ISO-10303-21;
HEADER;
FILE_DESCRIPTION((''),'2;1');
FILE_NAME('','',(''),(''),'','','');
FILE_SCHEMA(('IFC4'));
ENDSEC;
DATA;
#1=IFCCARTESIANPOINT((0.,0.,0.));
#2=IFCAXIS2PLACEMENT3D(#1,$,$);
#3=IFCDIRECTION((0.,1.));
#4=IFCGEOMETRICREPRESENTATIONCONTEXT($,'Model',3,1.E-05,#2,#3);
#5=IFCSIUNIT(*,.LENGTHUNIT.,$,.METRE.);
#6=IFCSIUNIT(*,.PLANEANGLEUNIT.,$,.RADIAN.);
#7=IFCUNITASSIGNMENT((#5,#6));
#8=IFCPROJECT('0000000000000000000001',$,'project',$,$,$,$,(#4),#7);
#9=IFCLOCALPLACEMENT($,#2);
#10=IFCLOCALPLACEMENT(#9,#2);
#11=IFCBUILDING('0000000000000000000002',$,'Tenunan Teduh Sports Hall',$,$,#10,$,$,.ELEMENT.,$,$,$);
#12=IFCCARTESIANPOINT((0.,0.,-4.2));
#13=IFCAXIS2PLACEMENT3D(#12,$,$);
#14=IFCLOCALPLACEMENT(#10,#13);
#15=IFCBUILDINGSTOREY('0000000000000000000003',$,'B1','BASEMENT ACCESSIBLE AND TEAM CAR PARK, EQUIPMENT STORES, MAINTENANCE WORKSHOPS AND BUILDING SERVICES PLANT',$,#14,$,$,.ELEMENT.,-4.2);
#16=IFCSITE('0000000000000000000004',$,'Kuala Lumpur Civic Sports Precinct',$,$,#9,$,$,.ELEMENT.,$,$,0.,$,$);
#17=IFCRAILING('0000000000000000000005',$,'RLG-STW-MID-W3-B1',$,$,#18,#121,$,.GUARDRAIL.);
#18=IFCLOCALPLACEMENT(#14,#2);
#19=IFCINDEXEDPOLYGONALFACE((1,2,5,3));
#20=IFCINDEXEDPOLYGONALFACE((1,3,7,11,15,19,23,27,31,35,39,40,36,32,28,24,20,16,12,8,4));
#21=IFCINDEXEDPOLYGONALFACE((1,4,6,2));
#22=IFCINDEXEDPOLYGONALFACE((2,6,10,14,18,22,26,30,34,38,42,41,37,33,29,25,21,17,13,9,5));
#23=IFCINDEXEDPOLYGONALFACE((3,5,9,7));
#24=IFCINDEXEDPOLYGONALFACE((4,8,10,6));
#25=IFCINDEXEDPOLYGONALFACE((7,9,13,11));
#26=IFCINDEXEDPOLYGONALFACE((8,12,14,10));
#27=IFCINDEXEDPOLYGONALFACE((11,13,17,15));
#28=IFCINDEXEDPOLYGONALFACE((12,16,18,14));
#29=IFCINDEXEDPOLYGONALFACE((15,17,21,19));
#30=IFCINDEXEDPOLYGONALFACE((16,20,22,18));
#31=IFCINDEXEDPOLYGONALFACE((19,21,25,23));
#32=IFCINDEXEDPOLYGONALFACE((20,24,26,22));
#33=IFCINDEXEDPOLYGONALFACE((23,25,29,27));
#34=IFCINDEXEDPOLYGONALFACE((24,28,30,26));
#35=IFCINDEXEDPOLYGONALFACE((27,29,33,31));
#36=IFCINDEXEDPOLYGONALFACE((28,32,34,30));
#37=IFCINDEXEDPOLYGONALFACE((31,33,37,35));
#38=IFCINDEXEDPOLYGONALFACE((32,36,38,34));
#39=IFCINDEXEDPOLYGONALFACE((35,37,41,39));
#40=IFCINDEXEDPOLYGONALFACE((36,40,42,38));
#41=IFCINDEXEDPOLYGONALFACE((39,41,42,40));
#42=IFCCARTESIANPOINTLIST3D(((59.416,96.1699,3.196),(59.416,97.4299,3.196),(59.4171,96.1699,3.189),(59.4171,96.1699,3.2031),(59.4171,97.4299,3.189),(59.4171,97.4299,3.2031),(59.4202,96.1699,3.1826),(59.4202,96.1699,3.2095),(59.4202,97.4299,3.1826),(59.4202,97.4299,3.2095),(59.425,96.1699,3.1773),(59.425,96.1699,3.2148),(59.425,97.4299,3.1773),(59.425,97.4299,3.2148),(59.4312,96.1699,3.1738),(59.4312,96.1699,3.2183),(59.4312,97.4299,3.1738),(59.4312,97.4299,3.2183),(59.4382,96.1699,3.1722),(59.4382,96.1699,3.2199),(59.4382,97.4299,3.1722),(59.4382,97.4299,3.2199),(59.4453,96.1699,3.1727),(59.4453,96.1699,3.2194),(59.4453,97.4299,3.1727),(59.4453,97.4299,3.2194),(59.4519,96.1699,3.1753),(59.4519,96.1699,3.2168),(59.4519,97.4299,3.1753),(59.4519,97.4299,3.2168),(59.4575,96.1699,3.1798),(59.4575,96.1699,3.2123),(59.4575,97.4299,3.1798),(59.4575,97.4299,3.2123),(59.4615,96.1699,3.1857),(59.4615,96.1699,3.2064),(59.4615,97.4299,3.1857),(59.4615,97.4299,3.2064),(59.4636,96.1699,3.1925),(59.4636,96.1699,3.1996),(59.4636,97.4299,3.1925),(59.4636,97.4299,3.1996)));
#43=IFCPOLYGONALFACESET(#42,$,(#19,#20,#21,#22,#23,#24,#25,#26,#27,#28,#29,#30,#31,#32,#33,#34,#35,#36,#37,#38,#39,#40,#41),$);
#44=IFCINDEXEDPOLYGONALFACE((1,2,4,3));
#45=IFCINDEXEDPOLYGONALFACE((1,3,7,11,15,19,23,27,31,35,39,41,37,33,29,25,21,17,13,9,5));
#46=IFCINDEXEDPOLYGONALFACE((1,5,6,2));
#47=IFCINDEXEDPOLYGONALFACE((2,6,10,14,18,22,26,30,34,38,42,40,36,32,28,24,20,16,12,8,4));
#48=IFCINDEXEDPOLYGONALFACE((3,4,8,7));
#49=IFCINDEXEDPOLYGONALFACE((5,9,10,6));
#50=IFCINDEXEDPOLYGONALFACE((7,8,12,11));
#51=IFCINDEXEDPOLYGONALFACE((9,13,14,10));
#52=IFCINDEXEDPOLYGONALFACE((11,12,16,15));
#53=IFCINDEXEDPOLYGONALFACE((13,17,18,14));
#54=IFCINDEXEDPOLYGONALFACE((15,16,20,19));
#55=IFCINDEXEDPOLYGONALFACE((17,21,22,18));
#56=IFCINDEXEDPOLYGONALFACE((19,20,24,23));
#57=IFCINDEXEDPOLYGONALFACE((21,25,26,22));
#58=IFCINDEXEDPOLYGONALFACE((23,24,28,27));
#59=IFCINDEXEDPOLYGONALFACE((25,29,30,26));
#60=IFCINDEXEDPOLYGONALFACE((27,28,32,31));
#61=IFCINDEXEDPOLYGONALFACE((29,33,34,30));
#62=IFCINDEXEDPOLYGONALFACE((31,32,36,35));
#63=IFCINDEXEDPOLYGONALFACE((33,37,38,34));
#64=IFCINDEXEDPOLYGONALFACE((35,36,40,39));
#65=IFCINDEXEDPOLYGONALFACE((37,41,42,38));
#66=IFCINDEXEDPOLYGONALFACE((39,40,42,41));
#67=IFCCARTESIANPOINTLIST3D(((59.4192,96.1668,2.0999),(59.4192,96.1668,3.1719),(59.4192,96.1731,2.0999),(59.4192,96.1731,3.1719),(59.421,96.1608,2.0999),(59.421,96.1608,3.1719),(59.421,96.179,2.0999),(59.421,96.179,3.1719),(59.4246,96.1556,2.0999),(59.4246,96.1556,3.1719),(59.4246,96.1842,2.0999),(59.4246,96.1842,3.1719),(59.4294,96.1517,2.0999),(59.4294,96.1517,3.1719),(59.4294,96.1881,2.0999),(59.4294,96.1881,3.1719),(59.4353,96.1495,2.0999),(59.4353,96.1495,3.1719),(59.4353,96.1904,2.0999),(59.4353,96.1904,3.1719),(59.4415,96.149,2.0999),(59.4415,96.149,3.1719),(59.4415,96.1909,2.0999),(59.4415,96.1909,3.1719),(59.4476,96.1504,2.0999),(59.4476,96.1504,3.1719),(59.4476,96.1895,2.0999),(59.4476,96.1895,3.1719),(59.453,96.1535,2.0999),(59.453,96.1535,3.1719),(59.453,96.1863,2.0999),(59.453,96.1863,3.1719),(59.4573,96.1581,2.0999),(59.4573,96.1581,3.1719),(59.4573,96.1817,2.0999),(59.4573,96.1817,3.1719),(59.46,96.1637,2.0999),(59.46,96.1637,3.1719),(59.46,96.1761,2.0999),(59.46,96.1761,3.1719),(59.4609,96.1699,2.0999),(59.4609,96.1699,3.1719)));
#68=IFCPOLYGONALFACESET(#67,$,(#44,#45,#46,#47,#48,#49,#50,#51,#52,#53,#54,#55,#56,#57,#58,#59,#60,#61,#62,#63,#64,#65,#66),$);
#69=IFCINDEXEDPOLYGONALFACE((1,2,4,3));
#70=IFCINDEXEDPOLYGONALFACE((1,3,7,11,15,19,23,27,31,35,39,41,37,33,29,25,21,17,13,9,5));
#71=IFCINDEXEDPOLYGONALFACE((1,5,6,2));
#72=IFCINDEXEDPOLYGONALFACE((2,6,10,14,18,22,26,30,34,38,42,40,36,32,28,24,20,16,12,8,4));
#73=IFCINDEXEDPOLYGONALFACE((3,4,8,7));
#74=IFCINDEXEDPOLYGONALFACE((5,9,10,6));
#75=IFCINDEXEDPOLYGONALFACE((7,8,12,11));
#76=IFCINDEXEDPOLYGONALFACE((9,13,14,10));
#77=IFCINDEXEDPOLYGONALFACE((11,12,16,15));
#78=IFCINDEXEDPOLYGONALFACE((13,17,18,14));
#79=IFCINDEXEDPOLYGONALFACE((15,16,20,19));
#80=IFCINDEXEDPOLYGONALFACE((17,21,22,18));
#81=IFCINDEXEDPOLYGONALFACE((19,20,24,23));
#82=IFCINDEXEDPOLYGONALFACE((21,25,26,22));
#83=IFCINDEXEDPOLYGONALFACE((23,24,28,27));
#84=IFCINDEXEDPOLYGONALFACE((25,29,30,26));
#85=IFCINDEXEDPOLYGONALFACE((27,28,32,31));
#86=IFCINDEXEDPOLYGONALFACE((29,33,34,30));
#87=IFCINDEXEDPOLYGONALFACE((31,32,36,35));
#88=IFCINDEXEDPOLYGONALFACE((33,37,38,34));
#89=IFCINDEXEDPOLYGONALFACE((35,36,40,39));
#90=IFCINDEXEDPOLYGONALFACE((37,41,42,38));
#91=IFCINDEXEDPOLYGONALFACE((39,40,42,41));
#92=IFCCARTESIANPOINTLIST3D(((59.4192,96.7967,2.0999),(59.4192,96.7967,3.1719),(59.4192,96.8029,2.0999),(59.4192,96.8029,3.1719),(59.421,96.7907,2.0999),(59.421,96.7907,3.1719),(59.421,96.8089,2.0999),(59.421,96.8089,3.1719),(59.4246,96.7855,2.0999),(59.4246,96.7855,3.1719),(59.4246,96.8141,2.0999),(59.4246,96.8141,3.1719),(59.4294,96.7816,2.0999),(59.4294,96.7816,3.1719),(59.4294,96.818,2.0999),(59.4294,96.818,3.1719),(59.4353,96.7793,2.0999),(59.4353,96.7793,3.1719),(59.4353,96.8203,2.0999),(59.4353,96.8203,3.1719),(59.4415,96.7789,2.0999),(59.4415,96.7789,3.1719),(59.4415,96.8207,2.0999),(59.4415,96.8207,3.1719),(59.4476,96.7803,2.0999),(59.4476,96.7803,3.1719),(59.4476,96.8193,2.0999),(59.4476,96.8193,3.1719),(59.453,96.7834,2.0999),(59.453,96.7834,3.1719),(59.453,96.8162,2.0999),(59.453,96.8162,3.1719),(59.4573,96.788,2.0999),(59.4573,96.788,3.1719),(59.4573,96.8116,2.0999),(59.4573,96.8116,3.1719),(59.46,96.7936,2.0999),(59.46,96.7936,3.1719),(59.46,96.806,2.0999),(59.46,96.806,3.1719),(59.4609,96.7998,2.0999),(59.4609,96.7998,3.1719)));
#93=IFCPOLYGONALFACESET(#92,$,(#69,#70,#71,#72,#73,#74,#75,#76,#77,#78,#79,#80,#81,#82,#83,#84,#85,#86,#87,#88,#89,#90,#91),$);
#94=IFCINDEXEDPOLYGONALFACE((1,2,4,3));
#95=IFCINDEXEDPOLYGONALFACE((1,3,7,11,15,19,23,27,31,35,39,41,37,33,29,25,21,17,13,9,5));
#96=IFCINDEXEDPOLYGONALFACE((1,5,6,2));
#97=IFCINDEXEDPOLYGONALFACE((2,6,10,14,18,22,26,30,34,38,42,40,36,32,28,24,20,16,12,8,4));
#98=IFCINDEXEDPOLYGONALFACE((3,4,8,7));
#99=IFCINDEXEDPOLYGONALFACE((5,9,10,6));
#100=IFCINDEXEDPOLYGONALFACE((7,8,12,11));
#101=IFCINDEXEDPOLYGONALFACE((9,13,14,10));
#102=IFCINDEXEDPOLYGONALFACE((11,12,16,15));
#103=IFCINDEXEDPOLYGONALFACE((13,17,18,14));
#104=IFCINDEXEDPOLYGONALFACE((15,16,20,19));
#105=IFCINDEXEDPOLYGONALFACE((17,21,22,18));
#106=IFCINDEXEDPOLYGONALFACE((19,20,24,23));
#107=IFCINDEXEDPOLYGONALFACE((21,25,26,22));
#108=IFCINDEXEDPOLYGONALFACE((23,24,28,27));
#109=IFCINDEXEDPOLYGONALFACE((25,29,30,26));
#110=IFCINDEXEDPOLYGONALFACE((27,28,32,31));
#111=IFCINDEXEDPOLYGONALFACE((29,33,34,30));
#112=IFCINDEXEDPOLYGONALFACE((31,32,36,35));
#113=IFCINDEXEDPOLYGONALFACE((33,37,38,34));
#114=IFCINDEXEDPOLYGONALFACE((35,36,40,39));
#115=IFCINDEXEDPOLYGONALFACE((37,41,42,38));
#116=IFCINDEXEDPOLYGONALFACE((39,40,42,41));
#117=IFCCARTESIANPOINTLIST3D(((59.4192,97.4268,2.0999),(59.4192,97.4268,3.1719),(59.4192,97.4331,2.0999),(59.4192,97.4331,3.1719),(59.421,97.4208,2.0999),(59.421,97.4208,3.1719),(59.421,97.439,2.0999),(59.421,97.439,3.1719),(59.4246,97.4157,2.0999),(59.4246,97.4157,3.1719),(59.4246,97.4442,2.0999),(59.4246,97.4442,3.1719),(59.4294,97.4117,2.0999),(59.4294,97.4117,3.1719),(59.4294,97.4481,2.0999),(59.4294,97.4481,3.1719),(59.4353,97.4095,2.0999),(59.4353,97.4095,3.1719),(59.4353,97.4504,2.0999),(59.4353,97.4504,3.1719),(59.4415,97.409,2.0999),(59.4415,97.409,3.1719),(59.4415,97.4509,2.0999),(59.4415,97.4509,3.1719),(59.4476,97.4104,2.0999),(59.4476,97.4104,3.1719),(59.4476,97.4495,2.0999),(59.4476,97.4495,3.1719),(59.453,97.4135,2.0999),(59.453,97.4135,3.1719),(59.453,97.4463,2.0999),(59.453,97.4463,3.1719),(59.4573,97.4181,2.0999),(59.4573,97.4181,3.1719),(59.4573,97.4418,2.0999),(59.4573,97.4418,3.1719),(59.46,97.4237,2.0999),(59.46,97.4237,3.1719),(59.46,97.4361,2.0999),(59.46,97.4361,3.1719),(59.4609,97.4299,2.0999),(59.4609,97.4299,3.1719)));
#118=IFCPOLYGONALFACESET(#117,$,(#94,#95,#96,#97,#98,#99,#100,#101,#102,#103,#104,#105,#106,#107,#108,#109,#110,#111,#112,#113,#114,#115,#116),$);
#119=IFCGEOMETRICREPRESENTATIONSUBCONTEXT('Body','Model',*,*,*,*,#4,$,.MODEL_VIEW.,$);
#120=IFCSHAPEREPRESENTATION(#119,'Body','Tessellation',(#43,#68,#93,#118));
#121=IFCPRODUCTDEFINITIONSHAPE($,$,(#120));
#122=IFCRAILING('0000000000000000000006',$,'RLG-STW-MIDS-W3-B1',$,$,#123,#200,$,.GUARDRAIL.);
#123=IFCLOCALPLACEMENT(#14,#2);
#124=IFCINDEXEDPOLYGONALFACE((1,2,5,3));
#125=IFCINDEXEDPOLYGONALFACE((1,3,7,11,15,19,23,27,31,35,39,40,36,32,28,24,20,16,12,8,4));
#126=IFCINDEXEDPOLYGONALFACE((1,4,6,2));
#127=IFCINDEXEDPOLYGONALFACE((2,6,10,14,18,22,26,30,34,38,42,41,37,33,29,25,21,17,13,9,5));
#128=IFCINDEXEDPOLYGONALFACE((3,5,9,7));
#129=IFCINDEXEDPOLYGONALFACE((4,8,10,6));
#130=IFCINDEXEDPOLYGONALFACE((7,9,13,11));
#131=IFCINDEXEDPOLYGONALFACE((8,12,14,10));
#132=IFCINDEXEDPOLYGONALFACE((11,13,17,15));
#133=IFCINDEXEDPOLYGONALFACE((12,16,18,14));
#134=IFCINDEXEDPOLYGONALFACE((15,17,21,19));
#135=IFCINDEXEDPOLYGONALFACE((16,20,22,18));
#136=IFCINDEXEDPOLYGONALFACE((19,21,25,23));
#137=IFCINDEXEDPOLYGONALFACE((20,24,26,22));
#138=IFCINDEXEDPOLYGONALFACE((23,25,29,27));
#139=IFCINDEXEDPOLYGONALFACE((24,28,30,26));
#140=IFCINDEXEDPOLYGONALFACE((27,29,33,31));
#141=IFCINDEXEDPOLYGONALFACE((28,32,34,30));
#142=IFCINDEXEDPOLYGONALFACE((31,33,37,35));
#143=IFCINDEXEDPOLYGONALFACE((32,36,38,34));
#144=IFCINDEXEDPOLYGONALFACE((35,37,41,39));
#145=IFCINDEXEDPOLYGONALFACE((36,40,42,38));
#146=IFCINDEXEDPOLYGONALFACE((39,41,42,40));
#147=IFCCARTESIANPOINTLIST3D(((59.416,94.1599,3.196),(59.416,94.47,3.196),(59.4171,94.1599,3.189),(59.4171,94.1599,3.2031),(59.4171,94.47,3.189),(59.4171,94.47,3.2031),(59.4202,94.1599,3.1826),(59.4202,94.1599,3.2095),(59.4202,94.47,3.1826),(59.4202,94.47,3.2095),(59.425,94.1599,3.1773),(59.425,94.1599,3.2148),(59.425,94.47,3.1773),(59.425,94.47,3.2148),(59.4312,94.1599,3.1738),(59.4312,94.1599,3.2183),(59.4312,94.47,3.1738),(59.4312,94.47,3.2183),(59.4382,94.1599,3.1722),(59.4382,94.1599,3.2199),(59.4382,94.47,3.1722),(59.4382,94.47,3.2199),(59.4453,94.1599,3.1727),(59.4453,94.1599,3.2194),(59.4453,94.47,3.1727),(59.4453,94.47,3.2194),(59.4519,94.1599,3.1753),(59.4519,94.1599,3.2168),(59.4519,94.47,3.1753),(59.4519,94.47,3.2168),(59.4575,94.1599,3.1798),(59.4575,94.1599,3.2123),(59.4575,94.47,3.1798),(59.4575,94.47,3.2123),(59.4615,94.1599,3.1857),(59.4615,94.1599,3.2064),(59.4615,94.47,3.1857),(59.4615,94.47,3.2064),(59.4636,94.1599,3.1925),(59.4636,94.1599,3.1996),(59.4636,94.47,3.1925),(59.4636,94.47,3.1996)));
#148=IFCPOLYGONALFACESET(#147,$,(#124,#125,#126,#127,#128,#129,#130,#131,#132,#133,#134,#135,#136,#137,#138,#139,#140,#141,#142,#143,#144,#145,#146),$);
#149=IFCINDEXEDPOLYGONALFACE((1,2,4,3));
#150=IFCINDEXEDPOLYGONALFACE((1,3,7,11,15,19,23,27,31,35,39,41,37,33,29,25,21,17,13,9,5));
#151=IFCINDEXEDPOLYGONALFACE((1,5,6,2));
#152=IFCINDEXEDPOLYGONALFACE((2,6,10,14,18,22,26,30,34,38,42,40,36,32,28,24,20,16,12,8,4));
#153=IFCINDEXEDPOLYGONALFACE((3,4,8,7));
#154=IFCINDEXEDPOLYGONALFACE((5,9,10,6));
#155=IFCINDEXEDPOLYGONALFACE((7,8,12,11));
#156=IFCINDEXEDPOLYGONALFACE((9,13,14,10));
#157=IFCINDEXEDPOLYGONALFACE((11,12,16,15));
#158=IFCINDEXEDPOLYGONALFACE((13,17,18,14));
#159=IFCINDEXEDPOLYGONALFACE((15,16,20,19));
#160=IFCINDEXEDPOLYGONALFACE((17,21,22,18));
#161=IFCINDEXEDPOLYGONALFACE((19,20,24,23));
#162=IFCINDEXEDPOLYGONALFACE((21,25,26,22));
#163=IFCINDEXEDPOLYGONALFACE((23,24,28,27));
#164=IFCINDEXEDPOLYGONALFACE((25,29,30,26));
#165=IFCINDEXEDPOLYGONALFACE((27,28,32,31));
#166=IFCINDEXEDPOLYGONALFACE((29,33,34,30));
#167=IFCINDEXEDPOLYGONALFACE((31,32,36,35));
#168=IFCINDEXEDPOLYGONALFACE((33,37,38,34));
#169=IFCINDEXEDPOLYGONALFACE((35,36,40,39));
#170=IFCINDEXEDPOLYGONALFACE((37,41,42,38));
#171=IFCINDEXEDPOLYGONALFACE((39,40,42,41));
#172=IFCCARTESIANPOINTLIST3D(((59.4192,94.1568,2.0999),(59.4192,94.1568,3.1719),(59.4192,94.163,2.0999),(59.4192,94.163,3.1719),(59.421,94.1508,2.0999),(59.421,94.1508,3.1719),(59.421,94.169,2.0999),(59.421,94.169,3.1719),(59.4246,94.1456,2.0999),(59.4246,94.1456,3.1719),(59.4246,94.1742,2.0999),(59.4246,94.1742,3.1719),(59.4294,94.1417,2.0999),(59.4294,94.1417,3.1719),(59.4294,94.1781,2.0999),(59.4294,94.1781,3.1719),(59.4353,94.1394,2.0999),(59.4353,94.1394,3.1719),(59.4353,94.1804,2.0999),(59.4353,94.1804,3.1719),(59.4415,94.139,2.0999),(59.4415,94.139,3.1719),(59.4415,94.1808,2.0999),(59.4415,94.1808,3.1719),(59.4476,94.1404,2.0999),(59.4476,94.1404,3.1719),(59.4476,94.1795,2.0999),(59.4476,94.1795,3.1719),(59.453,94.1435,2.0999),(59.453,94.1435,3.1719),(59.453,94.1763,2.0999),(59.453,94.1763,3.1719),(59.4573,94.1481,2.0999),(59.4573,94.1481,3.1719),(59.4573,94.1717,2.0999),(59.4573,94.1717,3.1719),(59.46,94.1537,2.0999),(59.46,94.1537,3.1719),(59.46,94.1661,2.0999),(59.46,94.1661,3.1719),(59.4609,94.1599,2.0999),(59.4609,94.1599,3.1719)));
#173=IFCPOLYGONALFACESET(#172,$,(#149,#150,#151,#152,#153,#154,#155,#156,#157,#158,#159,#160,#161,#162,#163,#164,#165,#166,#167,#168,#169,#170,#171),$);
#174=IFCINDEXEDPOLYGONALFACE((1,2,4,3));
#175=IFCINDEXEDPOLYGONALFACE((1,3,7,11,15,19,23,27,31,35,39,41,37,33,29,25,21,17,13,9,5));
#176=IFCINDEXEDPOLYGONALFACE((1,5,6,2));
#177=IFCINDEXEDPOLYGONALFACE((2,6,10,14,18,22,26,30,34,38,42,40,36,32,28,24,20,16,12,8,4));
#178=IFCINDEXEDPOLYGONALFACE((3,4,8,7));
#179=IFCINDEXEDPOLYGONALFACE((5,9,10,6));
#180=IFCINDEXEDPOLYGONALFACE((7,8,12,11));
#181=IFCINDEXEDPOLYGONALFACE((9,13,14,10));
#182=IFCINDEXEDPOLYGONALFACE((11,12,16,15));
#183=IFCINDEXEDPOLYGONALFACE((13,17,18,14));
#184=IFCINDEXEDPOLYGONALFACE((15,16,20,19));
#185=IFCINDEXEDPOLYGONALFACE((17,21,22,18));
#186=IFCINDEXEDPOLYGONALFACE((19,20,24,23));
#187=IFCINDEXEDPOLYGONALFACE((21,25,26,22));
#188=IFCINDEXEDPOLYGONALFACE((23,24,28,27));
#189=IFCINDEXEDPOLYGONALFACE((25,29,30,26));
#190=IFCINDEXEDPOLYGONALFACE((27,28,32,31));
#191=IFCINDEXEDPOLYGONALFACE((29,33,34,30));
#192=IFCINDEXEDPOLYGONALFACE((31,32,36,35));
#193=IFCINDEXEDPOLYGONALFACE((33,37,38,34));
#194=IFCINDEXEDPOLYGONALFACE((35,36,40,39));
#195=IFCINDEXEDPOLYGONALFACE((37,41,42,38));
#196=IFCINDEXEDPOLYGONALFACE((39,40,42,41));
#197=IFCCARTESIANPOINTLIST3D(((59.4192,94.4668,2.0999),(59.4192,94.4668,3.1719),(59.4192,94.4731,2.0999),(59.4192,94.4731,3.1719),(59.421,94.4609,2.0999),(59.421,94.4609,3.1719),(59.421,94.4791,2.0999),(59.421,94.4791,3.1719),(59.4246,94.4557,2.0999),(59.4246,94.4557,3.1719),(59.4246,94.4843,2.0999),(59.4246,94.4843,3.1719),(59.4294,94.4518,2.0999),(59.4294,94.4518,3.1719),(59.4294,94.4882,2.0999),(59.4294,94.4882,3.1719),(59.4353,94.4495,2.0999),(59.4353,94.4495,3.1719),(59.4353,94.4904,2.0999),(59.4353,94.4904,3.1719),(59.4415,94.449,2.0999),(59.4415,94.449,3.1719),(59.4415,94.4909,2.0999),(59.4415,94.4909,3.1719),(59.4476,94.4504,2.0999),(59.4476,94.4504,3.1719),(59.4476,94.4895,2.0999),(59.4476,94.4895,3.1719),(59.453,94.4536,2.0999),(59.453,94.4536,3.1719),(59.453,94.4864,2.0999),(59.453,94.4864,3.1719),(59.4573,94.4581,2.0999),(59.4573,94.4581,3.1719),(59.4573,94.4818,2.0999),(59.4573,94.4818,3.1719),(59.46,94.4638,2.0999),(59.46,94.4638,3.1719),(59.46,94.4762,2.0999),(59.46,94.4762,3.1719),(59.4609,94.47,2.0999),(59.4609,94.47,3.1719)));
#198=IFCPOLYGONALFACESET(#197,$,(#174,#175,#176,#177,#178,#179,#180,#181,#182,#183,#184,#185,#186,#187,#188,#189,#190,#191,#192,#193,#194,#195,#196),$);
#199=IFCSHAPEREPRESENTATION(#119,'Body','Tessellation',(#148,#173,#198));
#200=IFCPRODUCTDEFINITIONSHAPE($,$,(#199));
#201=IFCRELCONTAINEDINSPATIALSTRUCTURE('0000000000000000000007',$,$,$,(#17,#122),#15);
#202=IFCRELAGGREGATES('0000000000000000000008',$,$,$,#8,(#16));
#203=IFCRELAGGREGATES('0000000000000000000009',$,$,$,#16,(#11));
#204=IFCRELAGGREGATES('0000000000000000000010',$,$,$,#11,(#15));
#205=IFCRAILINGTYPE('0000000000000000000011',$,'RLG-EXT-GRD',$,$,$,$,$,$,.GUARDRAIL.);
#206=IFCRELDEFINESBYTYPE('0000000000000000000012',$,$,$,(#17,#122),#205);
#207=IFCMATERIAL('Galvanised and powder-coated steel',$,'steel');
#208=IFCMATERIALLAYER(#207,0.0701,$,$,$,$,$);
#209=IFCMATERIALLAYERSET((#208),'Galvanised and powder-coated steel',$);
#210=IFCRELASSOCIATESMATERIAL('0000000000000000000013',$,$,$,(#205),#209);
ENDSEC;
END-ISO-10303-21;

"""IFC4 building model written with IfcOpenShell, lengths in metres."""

from ifc_helpers import new_model, si_unit, direction, frame, origin, origin_2d, place, context, subcontext, project, spatial, circle, extrude, material, layer, layer_set, type_object, element, save


model = new_model("IFC4")

# Units and contexts
model_context = context("Model", 3, precision=1e-05, world=origin(), true_north=direction((0.0, 1.0)))
body_context = subcontext(model_context, "Body", "Model", "MODEL_VIEW")
ifc_project = project(units=[si_unit("LENGTHUNIT", "METRE"), si_unit("PLANEANGLEUNIT", "RADIAN")], contexts=[model_context])

# Site, building, storey
site_placement = place(None, origin())
site = spatial("IfcSite", under=ifc_project, at=site_placement, Name="Kuala Lumpur Civic Sports Precinct", CompositionType="ELEMENT", RefElevation=0.0)
building_placement = place(site_placement, origin())
building = spatial("IfcBuilding", under=site, at=building_placement, Name="Tenunan Teduh Sports Hall", CompositionType="ELEMENT")
storey_placement = place(building_placement, frame((0.0, 0.0, -4.2)))
storey = spatial("IfcBuildingStorey", under=building, at=storey_placement, Name="B1", Description="BASEMENT ACCESSIBLE AND TEAM CAR PARK, EQUIPMENT STORES, MAINTENANCE WORKSHOPS AND BUILDING SERVICES PLANT", CompositionType="ELEMENT", Elevation=-4.2)

# Railings
ifc_material_1 = material(Name="Galvanised and powder-coated steel", Category="steel")
ifc_layer_1 = layer(ifc_material_1, 0.0701)
ifc_layer_set_1 = layer_set([ifc_layer_1], Name="Galvanised and powder-coated steel")
railing_type_1 = type_object("IfcRailingType", Name="RLG-EXT-GRD", PredefinedType="GUARDRAIL", material=ifc_layer_set_1)
railing_1_placement = place(storey_placement, frame((59.4399, 96.1699, 2.0999)))
element("IfcRailing", 1, at=railing_1_placement, inside=storey, type_object=railing_type_1, Name="RLG-STW-MID-W3-B1", PredefinedType="GUARDRAIL", context=body_context, shape_type="SweptSolid", body=[
    extrude(circle(Radius=0.0239, at=origin_2d()), frame((0.0, 0.0, 1.0962), z_axis=(0.0, 1.0, 0.0), x_axis=(-1.0, 0.0, 0.0)), (0.0, 0.0, 1.0), 1.26),
    extrude(circle(Radius=0.021, at=origin_2d()), origin(), (0.0, 0.0, 1.0), 1.072),
    extrude(circle(Radius=0.021, at=origin_2d()), frame((0.0, 0.6299, 0.0)), (0.0, 0.0, 1.0), 1.072),
    extrude(circle(Radius=0.021, at=origin_2d()), frame((0.0, 1.26, 0.0)), (0.0, 0.0, 1.0), 1.072),
])
railing_2_placement = place(storey_placement, frame((59.4399, 94.1599, 2.0999)))
element("IfcRailing", 2, at=railing_2_placement, inside=storey, type_object=railing_type_1, Name="RLG-STW-MIDS-W3-B1", PredefinedType="GUARDRAIL", context=body_context, shape_type="SweptSolid", body=[
    extrude(circle(Radius=0.0239, at=origin_2d()), frame((0.0, 0.0, 1.0962), z_axis=(0.0, 1.0, 0.0), x_axis=(-1.0, 0.0, 0.0)), (0.0, 0.0, 1.0), 0.3101),
    extrude(circle(Radius=0.021, at=origin_2d()), origin(), (0.0, 0.0, 1.0), 1.072),
    extrude(circle(Radius=0.021, at=origin_2d()), frame((0.0, 0.3101, 0.0)), (0.0, 0.0, 1.0), 1.072),
])

save(model, "model.ifc")
